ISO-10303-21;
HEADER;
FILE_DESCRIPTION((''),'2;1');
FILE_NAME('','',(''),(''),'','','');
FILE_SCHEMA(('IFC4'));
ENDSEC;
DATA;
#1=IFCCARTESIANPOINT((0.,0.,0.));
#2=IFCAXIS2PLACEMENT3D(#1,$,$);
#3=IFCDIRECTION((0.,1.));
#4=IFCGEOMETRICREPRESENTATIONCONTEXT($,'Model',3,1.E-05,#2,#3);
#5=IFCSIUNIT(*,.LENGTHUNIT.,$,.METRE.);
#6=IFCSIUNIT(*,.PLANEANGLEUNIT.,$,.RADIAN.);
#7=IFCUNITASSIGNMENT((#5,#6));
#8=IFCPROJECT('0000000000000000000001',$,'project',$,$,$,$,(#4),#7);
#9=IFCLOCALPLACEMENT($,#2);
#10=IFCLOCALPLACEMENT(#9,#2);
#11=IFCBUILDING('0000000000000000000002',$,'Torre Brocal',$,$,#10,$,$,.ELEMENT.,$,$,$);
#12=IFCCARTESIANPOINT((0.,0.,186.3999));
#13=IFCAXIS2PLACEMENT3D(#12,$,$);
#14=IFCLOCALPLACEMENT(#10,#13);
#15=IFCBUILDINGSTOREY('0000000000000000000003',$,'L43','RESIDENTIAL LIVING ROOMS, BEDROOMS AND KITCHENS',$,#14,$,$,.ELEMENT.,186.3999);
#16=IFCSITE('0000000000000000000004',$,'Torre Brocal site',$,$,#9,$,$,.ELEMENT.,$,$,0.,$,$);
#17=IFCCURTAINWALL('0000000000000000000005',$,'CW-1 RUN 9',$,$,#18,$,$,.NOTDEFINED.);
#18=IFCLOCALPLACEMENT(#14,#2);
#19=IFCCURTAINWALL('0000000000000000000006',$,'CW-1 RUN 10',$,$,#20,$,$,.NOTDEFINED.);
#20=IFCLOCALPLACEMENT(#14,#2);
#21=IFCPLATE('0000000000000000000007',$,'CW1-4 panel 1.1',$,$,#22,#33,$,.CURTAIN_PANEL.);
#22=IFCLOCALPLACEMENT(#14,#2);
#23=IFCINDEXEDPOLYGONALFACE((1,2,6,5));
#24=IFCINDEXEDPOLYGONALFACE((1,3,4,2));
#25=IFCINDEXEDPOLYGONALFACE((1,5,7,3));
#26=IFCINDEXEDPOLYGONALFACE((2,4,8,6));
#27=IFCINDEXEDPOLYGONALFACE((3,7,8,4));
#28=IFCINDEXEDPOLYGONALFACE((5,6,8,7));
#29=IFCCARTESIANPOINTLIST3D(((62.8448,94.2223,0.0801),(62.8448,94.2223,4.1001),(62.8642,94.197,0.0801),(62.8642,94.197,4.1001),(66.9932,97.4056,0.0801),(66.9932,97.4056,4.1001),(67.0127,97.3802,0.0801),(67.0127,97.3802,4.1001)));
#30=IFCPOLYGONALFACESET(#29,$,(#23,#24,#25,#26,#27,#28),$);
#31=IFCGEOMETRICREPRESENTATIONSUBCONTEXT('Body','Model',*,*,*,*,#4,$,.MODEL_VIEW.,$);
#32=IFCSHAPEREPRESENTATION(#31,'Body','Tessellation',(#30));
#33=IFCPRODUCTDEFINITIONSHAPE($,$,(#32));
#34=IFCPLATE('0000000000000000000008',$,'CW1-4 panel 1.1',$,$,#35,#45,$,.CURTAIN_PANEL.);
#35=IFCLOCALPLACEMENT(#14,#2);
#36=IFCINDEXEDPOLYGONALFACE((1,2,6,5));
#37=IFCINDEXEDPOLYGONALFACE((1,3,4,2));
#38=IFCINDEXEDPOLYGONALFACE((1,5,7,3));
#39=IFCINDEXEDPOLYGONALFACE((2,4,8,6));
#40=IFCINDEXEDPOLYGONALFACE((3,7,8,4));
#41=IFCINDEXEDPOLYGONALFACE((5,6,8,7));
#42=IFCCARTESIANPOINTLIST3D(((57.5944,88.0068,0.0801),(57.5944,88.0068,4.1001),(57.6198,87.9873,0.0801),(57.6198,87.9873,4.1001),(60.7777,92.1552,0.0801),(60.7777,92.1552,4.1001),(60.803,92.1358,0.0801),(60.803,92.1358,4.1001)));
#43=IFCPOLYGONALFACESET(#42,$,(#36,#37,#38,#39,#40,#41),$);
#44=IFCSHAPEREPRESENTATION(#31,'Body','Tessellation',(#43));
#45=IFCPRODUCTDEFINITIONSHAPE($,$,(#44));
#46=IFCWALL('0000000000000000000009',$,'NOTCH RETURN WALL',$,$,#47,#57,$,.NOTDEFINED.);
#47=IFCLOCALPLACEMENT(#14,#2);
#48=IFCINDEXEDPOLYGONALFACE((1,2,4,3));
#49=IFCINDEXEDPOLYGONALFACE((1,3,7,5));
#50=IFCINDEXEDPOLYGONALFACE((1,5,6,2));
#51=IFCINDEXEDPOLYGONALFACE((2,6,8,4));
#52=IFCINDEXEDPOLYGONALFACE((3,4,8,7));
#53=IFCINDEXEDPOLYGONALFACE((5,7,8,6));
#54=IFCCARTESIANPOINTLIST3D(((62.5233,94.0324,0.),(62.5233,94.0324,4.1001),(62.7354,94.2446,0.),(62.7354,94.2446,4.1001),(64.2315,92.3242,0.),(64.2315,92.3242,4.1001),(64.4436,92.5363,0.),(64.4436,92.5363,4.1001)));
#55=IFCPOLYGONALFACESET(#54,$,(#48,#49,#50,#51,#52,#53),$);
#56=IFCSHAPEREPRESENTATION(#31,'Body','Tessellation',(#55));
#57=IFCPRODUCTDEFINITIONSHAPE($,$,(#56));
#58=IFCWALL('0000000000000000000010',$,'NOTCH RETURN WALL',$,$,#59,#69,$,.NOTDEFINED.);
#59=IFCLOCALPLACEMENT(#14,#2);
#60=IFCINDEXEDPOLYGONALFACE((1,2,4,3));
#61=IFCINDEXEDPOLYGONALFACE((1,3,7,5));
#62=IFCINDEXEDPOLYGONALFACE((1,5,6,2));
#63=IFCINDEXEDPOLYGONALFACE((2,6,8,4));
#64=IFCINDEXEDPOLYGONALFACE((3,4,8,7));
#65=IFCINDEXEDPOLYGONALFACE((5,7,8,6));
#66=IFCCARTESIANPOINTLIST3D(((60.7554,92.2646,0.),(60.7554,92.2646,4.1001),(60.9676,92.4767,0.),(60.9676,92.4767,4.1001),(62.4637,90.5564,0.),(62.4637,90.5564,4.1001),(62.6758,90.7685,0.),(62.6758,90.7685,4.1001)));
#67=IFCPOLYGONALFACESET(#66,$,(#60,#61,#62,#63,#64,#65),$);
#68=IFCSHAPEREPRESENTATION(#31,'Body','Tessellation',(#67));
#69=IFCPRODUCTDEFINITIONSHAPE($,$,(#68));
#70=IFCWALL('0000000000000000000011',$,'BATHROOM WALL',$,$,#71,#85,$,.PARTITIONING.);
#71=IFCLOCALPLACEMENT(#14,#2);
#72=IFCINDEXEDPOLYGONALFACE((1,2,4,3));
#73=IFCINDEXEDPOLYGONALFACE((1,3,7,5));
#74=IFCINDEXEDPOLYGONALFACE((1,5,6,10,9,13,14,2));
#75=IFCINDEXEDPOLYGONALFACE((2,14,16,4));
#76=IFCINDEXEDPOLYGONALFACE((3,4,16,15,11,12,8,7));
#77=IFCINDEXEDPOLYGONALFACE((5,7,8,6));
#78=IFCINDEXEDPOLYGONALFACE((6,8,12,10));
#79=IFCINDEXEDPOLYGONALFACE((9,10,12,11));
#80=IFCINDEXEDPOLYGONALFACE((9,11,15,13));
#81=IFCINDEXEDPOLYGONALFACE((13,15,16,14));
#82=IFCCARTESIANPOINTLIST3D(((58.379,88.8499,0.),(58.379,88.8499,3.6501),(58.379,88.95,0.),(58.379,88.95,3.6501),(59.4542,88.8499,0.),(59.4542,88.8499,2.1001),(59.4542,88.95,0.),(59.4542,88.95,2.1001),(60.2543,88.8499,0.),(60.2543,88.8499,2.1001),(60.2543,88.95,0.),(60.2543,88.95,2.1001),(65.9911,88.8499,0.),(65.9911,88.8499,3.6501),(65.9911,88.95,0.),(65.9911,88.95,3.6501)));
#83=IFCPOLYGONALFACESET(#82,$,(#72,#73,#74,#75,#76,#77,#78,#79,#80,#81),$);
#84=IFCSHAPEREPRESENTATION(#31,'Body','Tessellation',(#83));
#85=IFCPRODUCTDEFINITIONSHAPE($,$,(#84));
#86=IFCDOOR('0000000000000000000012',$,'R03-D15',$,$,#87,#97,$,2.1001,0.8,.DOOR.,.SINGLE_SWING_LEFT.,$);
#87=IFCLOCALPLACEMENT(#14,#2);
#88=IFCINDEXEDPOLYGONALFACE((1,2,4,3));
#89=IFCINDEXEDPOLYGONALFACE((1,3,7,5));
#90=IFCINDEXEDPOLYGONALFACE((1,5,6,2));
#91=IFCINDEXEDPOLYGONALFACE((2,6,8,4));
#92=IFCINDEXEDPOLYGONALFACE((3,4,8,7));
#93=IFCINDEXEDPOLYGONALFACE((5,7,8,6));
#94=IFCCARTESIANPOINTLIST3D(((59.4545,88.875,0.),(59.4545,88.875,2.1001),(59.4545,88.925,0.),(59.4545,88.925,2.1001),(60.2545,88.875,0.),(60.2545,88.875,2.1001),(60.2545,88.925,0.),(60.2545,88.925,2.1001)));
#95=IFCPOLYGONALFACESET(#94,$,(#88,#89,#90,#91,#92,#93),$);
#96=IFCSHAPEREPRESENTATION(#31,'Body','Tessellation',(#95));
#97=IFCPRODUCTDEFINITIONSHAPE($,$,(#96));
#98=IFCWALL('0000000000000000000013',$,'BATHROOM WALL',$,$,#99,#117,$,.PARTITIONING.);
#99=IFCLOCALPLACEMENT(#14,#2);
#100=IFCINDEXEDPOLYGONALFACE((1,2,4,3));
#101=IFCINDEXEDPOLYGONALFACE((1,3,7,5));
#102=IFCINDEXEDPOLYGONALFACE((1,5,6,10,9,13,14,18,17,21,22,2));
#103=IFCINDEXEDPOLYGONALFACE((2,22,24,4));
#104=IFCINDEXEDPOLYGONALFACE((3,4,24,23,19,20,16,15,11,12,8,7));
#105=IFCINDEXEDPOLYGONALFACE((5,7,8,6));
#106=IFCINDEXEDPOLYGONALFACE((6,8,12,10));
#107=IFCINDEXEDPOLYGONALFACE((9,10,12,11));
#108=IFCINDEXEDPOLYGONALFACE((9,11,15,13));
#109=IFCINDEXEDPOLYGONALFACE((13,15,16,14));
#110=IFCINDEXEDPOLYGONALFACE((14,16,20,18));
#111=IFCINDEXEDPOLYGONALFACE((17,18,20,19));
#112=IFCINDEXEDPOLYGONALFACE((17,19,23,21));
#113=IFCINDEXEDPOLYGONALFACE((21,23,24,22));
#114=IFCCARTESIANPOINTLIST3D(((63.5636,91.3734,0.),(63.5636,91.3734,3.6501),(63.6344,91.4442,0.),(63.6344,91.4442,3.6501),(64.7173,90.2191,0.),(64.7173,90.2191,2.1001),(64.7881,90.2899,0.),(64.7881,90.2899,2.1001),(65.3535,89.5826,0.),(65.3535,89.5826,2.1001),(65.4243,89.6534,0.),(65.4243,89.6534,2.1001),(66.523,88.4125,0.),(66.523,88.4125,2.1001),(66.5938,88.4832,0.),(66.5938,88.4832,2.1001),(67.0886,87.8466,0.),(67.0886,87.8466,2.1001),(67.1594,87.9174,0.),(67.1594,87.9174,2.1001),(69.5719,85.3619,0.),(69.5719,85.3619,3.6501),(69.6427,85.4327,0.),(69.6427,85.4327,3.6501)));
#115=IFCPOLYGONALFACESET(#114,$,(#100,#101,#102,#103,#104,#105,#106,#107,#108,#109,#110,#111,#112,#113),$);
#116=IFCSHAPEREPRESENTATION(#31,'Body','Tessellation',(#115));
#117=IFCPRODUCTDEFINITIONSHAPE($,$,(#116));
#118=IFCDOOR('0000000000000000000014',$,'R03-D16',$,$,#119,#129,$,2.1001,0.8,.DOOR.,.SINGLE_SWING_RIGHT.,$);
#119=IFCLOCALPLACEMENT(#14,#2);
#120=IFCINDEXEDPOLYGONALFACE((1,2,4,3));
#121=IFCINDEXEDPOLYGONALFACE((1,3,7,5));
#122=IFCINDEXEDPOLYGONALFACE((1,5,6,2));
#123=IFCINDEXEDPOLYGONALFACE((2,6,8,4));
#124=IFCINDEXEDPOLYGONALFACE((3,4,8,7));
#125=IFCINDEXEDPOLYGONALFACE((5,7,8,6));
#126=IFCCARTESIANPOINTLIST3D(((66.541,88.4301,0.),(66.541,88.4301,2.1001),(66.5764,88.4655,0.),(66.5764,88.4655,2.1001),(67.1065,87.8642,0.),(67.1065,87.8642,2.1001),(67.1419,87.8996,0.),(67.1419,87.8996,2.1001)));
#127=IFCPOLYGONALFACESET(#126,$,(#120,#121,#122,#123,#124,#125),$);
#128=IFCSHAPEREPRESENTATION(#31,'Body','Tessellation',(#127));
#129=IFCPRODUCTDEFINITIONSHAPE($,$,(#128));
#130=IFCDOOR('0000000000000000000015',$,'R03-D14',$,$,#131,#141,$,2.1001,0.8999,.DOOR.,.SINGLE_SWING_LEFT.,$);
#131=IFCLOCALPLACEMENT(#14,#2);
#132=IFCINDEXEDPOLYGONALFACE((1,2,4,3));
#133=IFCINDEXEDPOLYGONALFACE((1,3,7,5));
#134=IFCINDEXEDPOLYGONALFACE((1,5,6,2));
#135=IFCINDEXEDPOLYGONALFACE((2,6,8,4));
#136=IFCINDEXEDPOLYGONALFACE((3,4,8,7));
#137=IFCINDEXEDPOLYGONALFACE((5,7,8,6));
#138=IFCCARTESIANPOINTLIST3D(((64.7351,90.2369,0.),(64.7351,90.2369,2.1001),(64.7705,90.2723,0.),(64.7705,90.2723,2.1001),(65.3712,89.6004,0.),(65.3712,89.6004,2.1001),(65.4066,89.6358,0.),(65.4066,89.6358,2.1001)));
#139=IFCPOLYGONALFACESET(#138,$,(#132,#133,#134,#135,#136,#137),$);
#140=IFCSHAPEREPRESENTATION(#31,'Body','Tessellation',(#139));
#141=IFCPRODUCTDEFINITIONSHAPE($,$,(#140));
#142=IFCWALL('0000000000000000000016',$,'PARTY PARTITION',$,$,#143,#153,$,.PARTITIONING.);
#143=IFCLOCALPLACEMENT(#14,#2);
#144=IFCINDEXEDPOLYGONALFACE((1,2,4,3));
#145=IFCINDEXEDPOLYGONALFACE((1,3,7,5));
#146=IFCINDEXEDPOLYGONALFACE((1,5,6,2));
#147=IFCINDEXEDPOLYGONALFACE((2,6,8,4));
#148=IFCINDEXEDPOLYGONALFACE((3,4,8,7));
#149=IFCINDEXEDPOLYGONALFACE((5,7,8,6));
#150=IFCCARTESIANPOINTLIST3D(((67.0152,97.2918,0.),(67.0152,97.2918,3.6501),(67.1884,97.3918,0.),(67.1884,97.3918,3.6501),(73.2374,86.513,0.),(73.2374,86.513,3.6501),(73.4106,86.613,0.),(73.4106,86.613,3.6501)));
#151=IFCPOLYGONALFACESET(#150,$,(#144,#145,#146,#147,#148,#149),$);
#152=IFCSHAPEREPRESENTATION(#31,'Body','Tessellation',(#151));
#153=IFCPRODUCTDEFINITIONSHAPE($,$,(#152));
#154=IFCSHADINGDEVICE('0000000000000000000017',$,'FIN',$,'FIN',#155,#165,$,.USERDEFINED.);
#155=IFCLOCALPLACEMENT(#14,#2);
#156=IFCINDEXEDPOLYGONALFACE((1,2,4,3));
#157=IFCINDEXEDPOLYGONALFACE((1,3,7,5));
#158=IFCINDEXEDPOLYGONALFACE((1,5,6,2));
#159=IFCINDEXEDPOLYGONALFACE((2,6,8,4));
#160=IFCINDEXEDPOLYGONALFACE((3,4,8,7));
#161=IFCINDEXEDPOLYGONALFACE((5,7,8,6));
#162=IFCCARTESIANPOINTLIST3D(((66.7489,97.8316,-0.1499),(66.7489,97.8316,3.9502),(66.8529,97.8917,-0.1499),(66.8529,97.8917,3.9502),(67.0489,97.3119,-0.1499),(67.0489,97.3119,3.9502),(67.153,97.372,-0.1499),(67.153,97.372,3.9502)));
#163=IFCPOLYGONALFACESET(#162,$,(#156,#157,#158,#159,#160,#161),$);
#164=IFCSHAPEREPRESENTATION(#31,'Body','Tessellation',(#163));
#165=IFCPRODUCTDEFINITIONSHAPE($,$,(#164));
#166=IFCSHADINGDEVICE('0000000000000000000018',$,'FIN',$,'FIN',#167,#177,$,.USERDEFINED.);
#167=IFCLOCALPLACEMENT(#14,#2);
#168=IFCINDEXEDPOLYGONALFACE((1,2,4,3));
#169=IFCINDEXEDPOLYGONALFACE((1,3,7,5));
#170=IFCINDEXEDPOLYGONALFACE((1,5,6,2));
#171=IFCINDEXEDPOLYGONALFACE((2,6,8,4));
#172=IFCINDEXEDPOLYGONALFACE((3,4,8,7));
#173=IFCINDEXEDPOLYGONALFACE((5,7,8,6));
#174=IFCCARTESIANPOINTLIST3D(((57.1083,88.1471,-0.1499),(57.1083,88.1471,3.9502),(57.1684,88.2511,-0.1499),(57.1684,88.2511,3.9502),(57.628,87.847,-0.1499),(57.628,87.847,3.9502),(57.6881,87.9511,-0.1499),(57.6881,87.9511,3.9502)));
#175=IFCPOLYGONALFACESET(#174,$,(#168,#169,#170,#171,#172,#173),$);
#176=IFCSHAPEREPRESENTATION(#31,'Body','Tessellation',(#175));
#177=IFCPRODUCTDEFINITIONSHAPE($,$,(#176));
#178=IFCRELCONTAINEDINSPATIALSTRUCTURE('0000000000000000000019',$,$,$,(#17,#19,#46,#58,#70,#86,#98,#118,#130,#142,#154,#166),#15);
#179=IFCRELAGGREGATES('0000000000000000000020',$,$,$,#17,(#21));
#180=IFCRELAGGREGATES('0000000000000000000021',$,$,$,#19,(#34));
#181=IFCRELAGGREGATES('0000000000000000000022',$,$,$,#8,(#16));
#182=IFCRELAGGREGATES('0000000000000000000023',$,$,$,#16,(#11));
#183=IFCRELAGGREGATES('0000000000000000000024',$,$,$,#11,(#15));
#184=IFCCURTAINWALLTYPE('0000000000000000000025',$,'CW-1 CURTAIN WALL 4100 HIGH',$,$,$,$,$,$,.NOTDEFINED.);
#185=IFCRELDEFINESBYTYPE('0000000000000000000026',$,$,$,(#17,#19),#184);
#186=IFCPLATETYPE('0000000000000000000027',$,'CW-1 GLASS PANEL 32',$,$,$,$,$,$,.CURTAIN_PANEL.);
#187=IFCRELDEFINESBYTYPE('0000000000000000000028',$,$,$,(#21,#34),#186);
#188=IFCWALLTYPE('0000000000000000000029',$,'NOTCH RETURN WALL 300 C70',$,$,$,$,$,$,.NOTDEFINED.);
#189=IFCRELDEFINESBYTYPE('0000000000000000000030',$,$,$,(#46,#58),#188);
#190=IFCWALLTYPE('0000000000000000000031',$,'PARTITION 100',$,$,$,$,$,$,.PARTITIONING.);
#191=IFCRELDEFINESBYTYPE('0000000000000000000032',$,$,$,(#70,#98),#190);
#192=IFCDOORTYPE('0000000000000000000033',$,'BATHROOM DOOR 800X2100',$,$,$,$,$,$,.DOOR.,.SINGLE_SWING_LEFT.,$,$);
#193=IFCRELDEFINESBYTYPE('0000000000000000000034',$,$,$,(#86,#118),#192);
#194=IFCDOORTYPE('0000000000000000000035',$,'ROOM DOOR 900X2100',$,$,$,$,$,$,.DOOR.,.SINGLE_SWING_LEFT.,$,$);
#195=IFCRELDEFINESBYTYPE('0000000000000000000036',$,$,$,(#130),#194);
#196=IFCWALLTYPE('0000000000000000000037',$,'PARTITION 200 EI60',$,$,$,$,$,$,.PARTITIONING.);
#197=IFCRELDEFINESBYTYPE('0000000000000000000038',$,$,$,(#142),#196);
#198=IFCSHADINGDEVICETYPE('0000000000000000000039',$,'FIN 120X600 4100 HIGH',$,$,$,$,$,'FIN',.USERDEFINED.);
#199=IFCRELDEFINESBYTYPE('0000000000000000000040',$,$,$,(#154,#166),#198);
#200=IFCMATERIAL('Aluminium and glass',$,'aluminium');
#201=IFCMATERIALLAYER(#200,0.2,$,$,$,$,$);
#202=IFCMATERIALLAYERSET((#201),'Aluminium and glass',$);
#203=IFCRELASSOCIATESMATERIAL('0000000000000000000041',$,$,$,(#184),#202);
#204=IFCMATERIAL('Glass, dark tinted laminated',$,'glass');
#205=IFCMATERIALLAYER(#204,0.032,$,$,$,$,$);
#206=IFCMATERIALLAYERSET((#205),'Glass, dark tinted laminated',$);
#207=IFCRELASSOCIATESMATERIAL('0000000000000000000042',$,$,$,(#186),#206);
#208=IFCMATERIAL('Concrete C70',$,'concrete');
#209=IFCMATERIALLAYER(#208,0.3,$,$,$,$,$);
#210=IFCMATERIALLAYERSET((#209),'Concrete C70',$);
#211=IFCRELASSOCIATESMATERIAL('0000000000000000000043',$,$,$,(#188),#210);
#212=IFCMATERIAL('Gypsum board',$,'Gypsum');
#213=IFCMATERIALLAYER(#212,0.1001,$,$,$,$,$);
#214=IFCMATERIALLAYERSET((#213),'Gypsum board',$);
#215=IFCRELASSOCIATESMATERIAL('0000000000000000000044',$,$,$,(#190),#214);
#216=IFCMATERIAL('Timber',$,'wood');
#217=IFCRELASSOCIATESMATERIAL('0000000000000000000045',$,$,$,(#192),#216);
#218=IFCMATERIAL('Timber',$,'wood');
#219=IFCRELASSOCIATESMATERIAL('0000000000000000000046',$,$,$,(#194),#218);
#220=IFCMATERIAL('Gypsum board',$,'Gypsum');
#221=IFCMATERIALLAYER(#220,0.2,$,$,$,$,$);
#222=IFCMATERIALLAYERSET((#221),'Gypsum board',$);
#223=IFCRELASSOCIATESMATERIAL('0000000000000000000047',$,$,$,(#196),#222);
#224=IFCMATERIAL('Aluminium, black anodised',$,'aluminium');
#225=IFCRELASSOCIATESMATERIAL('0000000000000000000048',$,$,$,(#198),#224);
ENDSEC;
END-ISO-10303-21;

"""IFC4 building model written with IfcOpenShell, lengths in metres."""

from ifc_helpers import new_model, si_unit, direction, frame, frame_2d, origin, origin_2d, place, context, subcontext, project, spatial, rectangle, extrude, material, layer, layer_set, material_profile, profile_set, type_object, element, fill, aggregate, save


model = new_model("IFC4")

# Units and contexts
model_context = context("Model", 3, precision=1e-05, world=origin(), true_north=direction((0.0, 1.0)))
body_context = subcontext(model_context, "Body", "Model", "MODEL_VIEW")
ifc_project = project(units=[si_unit("LENGTHUNIT", "METRE"), si_unit("PLANEANGLEUNIT", "RADIAN")], contexts=[model_context])

# Site, building, storey
site_placement = place(None, origin())
site = spatial("IfcSite", under=ifc_project, at=site_placement, Name="Torre Brocal site", CompositionType="ELEMENT", RefElevation=0.0)
building_placement = place(site_placement, origin())
building = spatial("IfcBuilding", under=site, at=building_placement, Name="Torre Brocal", CompositionType="ELEMENT")
storey_placement = place(building_placement, frame((0.0, 0.0, 186.3999)))
storey = spatial("IfcBuildingStorey", under=building, at=storey_placement, Name="L43", Description="RESIDENTIAL LIVING ROOMS, BEDROOMS AND KITCHENS", CompositionType="ELEMENT", Elevation=186.3999)

# Shared definitions
ifc_material_1 = material(Name="Aluminium and glass", Category="aluminium")
ifc_layer_1 = layer(ifc_material_1, 0.2)
ifc_layer_set_1 = layer_set([ifc_layer_1], Name="Aluminium and glass")
curtain_wall_type = type_object("IfcCurtainWallType", Name="CW-1 CURTAIN WALL 4100 HIGH", PredefinedType="NOTDEFINED", material=ifc_layer_set_1)

# Curtain walls
curtain_wall_1_placement = place(storey_placement, origin())
curtain_wall_1 = element("IfcCurtainWall", 1, at=curtain_wall_1_placement, inside=storey, type_object=curtain_wall_type, Name="CW-1 RUN 9", PredefinedType="NOTDEFINED")
curtain_wall_2_placement = place(storey_placement, origin())
curtain_wall_2 = element("IfcCurtainWall", 2, at=curtain_wall_2_placement, inside=storey, type_object=curtain_wall_type, Name="CW-1 RUN 10", PredefinedType="NOTDEFINED")

# Plates
ifc_material_2 = material(Name="Glass, dark tinted laminated", Category="glass")
ifc_layer_2 = layer(ifc_material_2, 0.032)
ifc_layer_set_2 = layer_set([ifc_layer_2], Name="Glass, dark tinted laminated")
plate_type = type_object("IfcPlateType", Name="CW-1 GLASS PANEL 32", PredefinedType="CURTAIN_PANEL", material=ifc_layer_set_2)
plate_1_placement = place(storey_placement, frame((64.9287, 95.8013, 0.0801), z_axis=(0.0, 0.0, 1.0), x_axis=(-0.793353, -0.608761, 0.0)))
plate_1 = element("IfcPlate", 3, at=plate_1_placement, type_object=plate_type, Name="CW1-4 panel 1.1", PredefinedType="CURTAIN_PANEL", context=body_context, shape_type="SweptSolid", body=[
    extrude(rectangle(XDim=5.229, YDim=0.032, at=origin_2d()), origin(), (0.0, 0.0, 1.0), 4.02),
])
aggregate(curtain_wall_1, [plate_1])
plate_2_placement = place(storey_placement, frame((59.1987, 90.0713, 0.0801), z_axis=(0.0, 0.0, 1.0), x_axis=(-0.608761, -0.793353, 0.0)))
plate_2 = element("IfcPlate", 4, at=plate_2_placement, type_object=plate_type, Name="CW1-4 panel 1.1", PredefinedType="CURTAIN_PANEL", context=body_context, shape_type="SweptSolid", body=[
    extrude(rectangle(XDim=5.229, YDim=0.032, at=origin_2d()), origin(), (0.0, 0.0, 1.0), 4.02),
])
aggregate(curtain_wall_2, [plate_2])

# Walls
ifc_material_3 = material(Name="Concrete C70", Category="concrete")
ifc_layer_3 = layer(ifc_material_3, 0.3)
ifc_layer_set_3 = layer_set([ifc_layer_3], Name="Concrete C70")
wall_type_1 = type_object("IfcWallType", Name="NOTCH RETURN WALL 300 C70", PredefinedType="NOTDEFINED", material=ifc_layer_set_3)
for number, where, z_axis, x_axis, name in (
    (5, (64.3376, 92.4302, 0.0), (0.0, 0.0, 1.0), (-0.707107, 0.707107, 0.0), "NOTCH RETURN WALL"),
    (6, (62.5698, 90.6624, 0.0), (0.0, 0.0, 1.0), (-0.707107, 0.707107, 0.0), "NOTCH RETURN WALL"),
):
    element("IfcWall", number, at=place(storey_placement, frame(where, z_axis=z_axis, x_axis=x_axis)), inside=storey, type_object=wall_type_1, Name=name, PredefinedType="NOTDEFINED", context=body_context, shape_type="SweptSolid", body=[
        extrude(rectangle(XDim=2.4158, YDim=0.3, at=frame_2d((1.208, 0.0))), origin(), (0.0, 0.0, 1.0), 4.1001),
    ])

# Wall, opening, door
ifc_material_4 = material(Name="Gypsum board", Category="Gypsum")
ifc_layer_4 = layer(ifc_material_4, 0.1001)
ifc_layer_set_4 = layer_set([ifc_layer_4], Name="Gypsum board")
wall_type_2 = type_object("IfcWallType", Name="PARTITION 100", PredefinedType="PARTITIONING", material=ifc_layer_set_4)
wall_1_placement = place(storey_placement, frame((58.3789, 88.8999, 0.0), z_axis=(0.0, 0.0, 1.0), x_axis=(1.0, 0.0, 0.0)))
wall_1 = element("IfcWall", 7, at=wall_1_placement, inside=storey, type_object=wall_type_2, Name="BATHROOM WALL", PredefinedType="PARTITIONING", context=body_context, shape_type="SweptSolid", body=[
    extrude(rectangle(XDim=7.6121, YDim=0.1001, at=frame_2d((3.8062, 0.0))), origin(), (0.0, 0.0, 1.0), 3.6501),
])
opening_1_placement = place(wall_1_placement, frame((1.0754, 0.0, 0.0)))
opening_1 = element("IfcOpeningElement", 8, at=opening_1_placement, cuts=wall_1, PredefinedType="OPENING", context=body_context, shape_type="SweptSolid", body=[
    extrude(rectangle(XDim=0.8, YDim=2.1001, at=frame_2d((0.3999, 1.05))), frame((0.0, 0.0601, 0.0), z_axis=(0.0, -1.0, 0.0), x_axis=(1.0, 0.0, 0.0)), (0.0, 0.0, 1.0), 0.1201),
])
ifc_material_5 = material(Name="Timber", Category="wood")
door_type_1 = type_object("IfcDoorType", Name="BATHROOM DOOR 800X2100", OperationType="SINGLE_SWING_LEFT", PredefinedType="DOOR", material=ifc_material_5)
door_1_placement = place(opening_1_placement, frame((0.8, 0.0, 0.0), z_axis=(0.0, 0.0, 1.0), x_axis=(-1.0, 0.0, 0.0)))
door_1 = element("IfcDoor", 9, at=door_1_placement, inside=storey, type_object=door_type_1, Name="R03-D15", OperationType="SINGLE_SWING_LEFT", OverallHeight=2.1001, OverallWidth=0.8, PredefinedType="DOOR", context=body_context, shape_type="SweptSolid", body=[
    extrude(rectangle(XDim=0.8, YDim=2.1001, at=frame_2d((0.3999, 1.05))), frame((0.0, 0.0249, 0.0), z_axis=(0.0, -1.0, 0.0), x_axis=(1.0, 0.0, 0.0)), (0.0, 0.0, 1.0), 0.05),
])
fill(opening_1, door_1)

# Wall, openings, doors
wall_2_placement = place(storey_placement, frame((63.5991, 91.4087, 0.0), z_axis=(0.0, 0.0, 1.0), x_axis=(0.70692, -0.707293, 0.0)))
wall_2 = element("IfcWall", 10, at=wall_2_placement, inside=storey, type_object=wall_type_2, Name="BATHROOM WALL", PredefinedType="PARTITIONING", context=body_context, shape_type="SweptSolid", body=[
    extrude(rectangle(XDim=8.4993, YDim=0.1001, at=frame_2d((4.2495, 0.0))), origin(), (0.0, 0.0, 1.0), 3.6501),
])
opening_2_placement = place(wall_2_placement, frame((1.6318, 0.0, 0.0)))
opening_2 = element("IfcOpeningElement", 11, at=opening_2_placement, cuts=wall_2, PredefinedType="OPENING", context=body_context, shape_type="SweptSolid", body=[
    extrude(rectangle(XDim=0.8999, YDim=2.1001, at=frame_2d((0.45, 1.05))), frame((0.0, 0.0601, 0.0), z_axis=(0.0, -1.0, 0.0), x_axis=(1.0, 0.0, 0.0)), (0.0, 0.0, 1.0), 0.1201),
])
opening_3_placement = place(wall_2_placement, frame((4.1863, 0.0, 0.0)))
opening_3 = element("IfcOpeningElement", 12, at=opening_3_placement, cuts=wall_2, PredefinedType="OPENING", context=body_context, shape_type="SweptSolid", body=[
    extrude(rectangle(XDim=0.8, YDim=2.1001, at=frame_2d((0.3999, 1.05))), frame((0.0, 0.0601, 0.0), z_axis=(0.0, -1.0, 0.0), x_axis=(1.0, 0.0, 0.0)), (0.0, 0.0, 1.0), 0.1201),
])
door_2_placement = place(opening_3_placement, frame((0.8, 0.0, 0.0), z_axis=(0.0, 0.0, 1.0), x_axis=(-1.0, 0.0, 0.0)))
door_2 = element("IfcDoor", 13, at=door_2_placement, inside=storey, type_object=door_type_1, Name="R03-D16", OperationType="SINGLE_SWING_RIGHT", OverallHeight=2.1001, OverallWidth=0.8, PredefinedType="DOOR", context=body_context, shape_type="SweptSolid", body=[
    extrude(rectangle(XDim=0.8, YDim=2.1001, at=frame_2d((0.3999, 1.05))), frame((0.0, 0.0249, 0.0), z_axis=(0.0, -1.0, 0.0), x_axis=(1.0, 0.0, 0.0)), (0.0, 0.0, 1.0), 0.05),
])
fill(opening_3, door_2)
ifc_material_6 = material(Name="Timber", Category="wood")
door_type_2 = type_object("IfcDoorType", Name="ROOM DOOR 900X2100", OperationType="SINGLE_SWING_LEFT", PredefinedType="DOOR", material=ifc_material_6)
door_3_placement = place(opening_2_placement, frame((0.8999, 0.0, 0.0), z_axis=(0.0, 0.0, 1.0), x_axis=(-1.0, 0.0, 0.0)))
door_3 = element("IfcDoor", 14, at=door_3_placement, inside=storey, type_object=door_type_2, Name="R03-D14", OperationType="SINGLE_SWING_LEFT", OverallHeight=2.1001, OverallWidth=0.8999, PredefinedType="DOOR", context=body_context, shape_type="SweptSolid", body=[
    extrude(rectangle(XDim=0.8999, YDim=2.1001, at=frame_2d((0.45, 1.05))), frame((0.0, 0.0249, 0.0), z_axis=(0.0, -1.0, 0.0), x_axis=(1.0, 0.0, 0.0)), (0.0, 0.0, 1.0), 0.05),
])
fill(opening_2, door_3)

# Wall
ifc_material_7 = material(Name="Gypsum board", Category="Gypsum")
ifc_layer_5 = layer(ifc_material_7, 0.2)
ifc_layer_set_5 = layer_set([ifc_layer_5], Name="Gypsum board")
wall_type_3 = type_object("IfcWallType", Name="PARTITION 200 EI60", PredefinedType="PARTITIONING", material=ifc_layer_set_5)
wall_3_placement = place(storey_placement, frame((67.1018, 97.3418, 0.0), z_axis=(0.0, 0.0, 1.0), x_axis=(0.499941, -0.86606, 0.0)))
element("IfcWall", 15, at=wall_3_placement, inside=storey, type_object=wall_type_3, Name="PARTY PARTITION", PredefinedType="PARTITIONING", context=body_context, shape_type="SweptSolid", body=[
    extrude(rectangle(XDim=12.4458, YDim=0.2, at=frame_2d((6.2229, 0.0))), origin(), (0.0, 0.0, 1.0), 3.6501),
])

# Shading devices
ifc_material_8 = material(Name="Aluminium, black anodised", Category="aluminium")
ifc_material_profile_1 = material_profile(ifc_material_8, rectangle(XDim=0.1201, YDim=0.6001, at=origin_2d()), Name="FIN 120X600 4100 HIGH")
ifc_profile_set_1 = profile_set([ifc_material_profile_1], Name="Aluminium, black anodised")
shading_device_type = type_object("IfcShadingDeviceType", Name="FIN 120X600 4100 HIGH", ElementType="FIN", PredefinedType="USERDEFINED", material=ifc_profile_set_1)
for number, where, z_axis, x_axis, name in (
    (16, (66.9509, 97.6018, -0.1499), (0.0, 0.0, 1.0), (-0.866025, -0.5, 0.0), "FIN"),
    (17, (57.3982, 88.0491, -0.1499), (0.0, 0.0, 1.0), (-0.5, -0.866025, 0.0), "FIN"),
):
    element("IfcShadingDevice", number, at=place(storey_placement, frame(where, z_axis=z_axis, x_axis=x_axis)), inside=storey, type_object=shading_device_type, Name=name, ObjectType="FIN", PredefinedType="USERDEFINED", context=body_context, shape_type="SweptSolid", body=[
        extrude(rectangle(XDim=0.1201, YDim=0.6001, at=origin_2d()), origin(), (0.0, 0.0, 1.0), 4.1001),
    ])

save(model, "model.ifc")
